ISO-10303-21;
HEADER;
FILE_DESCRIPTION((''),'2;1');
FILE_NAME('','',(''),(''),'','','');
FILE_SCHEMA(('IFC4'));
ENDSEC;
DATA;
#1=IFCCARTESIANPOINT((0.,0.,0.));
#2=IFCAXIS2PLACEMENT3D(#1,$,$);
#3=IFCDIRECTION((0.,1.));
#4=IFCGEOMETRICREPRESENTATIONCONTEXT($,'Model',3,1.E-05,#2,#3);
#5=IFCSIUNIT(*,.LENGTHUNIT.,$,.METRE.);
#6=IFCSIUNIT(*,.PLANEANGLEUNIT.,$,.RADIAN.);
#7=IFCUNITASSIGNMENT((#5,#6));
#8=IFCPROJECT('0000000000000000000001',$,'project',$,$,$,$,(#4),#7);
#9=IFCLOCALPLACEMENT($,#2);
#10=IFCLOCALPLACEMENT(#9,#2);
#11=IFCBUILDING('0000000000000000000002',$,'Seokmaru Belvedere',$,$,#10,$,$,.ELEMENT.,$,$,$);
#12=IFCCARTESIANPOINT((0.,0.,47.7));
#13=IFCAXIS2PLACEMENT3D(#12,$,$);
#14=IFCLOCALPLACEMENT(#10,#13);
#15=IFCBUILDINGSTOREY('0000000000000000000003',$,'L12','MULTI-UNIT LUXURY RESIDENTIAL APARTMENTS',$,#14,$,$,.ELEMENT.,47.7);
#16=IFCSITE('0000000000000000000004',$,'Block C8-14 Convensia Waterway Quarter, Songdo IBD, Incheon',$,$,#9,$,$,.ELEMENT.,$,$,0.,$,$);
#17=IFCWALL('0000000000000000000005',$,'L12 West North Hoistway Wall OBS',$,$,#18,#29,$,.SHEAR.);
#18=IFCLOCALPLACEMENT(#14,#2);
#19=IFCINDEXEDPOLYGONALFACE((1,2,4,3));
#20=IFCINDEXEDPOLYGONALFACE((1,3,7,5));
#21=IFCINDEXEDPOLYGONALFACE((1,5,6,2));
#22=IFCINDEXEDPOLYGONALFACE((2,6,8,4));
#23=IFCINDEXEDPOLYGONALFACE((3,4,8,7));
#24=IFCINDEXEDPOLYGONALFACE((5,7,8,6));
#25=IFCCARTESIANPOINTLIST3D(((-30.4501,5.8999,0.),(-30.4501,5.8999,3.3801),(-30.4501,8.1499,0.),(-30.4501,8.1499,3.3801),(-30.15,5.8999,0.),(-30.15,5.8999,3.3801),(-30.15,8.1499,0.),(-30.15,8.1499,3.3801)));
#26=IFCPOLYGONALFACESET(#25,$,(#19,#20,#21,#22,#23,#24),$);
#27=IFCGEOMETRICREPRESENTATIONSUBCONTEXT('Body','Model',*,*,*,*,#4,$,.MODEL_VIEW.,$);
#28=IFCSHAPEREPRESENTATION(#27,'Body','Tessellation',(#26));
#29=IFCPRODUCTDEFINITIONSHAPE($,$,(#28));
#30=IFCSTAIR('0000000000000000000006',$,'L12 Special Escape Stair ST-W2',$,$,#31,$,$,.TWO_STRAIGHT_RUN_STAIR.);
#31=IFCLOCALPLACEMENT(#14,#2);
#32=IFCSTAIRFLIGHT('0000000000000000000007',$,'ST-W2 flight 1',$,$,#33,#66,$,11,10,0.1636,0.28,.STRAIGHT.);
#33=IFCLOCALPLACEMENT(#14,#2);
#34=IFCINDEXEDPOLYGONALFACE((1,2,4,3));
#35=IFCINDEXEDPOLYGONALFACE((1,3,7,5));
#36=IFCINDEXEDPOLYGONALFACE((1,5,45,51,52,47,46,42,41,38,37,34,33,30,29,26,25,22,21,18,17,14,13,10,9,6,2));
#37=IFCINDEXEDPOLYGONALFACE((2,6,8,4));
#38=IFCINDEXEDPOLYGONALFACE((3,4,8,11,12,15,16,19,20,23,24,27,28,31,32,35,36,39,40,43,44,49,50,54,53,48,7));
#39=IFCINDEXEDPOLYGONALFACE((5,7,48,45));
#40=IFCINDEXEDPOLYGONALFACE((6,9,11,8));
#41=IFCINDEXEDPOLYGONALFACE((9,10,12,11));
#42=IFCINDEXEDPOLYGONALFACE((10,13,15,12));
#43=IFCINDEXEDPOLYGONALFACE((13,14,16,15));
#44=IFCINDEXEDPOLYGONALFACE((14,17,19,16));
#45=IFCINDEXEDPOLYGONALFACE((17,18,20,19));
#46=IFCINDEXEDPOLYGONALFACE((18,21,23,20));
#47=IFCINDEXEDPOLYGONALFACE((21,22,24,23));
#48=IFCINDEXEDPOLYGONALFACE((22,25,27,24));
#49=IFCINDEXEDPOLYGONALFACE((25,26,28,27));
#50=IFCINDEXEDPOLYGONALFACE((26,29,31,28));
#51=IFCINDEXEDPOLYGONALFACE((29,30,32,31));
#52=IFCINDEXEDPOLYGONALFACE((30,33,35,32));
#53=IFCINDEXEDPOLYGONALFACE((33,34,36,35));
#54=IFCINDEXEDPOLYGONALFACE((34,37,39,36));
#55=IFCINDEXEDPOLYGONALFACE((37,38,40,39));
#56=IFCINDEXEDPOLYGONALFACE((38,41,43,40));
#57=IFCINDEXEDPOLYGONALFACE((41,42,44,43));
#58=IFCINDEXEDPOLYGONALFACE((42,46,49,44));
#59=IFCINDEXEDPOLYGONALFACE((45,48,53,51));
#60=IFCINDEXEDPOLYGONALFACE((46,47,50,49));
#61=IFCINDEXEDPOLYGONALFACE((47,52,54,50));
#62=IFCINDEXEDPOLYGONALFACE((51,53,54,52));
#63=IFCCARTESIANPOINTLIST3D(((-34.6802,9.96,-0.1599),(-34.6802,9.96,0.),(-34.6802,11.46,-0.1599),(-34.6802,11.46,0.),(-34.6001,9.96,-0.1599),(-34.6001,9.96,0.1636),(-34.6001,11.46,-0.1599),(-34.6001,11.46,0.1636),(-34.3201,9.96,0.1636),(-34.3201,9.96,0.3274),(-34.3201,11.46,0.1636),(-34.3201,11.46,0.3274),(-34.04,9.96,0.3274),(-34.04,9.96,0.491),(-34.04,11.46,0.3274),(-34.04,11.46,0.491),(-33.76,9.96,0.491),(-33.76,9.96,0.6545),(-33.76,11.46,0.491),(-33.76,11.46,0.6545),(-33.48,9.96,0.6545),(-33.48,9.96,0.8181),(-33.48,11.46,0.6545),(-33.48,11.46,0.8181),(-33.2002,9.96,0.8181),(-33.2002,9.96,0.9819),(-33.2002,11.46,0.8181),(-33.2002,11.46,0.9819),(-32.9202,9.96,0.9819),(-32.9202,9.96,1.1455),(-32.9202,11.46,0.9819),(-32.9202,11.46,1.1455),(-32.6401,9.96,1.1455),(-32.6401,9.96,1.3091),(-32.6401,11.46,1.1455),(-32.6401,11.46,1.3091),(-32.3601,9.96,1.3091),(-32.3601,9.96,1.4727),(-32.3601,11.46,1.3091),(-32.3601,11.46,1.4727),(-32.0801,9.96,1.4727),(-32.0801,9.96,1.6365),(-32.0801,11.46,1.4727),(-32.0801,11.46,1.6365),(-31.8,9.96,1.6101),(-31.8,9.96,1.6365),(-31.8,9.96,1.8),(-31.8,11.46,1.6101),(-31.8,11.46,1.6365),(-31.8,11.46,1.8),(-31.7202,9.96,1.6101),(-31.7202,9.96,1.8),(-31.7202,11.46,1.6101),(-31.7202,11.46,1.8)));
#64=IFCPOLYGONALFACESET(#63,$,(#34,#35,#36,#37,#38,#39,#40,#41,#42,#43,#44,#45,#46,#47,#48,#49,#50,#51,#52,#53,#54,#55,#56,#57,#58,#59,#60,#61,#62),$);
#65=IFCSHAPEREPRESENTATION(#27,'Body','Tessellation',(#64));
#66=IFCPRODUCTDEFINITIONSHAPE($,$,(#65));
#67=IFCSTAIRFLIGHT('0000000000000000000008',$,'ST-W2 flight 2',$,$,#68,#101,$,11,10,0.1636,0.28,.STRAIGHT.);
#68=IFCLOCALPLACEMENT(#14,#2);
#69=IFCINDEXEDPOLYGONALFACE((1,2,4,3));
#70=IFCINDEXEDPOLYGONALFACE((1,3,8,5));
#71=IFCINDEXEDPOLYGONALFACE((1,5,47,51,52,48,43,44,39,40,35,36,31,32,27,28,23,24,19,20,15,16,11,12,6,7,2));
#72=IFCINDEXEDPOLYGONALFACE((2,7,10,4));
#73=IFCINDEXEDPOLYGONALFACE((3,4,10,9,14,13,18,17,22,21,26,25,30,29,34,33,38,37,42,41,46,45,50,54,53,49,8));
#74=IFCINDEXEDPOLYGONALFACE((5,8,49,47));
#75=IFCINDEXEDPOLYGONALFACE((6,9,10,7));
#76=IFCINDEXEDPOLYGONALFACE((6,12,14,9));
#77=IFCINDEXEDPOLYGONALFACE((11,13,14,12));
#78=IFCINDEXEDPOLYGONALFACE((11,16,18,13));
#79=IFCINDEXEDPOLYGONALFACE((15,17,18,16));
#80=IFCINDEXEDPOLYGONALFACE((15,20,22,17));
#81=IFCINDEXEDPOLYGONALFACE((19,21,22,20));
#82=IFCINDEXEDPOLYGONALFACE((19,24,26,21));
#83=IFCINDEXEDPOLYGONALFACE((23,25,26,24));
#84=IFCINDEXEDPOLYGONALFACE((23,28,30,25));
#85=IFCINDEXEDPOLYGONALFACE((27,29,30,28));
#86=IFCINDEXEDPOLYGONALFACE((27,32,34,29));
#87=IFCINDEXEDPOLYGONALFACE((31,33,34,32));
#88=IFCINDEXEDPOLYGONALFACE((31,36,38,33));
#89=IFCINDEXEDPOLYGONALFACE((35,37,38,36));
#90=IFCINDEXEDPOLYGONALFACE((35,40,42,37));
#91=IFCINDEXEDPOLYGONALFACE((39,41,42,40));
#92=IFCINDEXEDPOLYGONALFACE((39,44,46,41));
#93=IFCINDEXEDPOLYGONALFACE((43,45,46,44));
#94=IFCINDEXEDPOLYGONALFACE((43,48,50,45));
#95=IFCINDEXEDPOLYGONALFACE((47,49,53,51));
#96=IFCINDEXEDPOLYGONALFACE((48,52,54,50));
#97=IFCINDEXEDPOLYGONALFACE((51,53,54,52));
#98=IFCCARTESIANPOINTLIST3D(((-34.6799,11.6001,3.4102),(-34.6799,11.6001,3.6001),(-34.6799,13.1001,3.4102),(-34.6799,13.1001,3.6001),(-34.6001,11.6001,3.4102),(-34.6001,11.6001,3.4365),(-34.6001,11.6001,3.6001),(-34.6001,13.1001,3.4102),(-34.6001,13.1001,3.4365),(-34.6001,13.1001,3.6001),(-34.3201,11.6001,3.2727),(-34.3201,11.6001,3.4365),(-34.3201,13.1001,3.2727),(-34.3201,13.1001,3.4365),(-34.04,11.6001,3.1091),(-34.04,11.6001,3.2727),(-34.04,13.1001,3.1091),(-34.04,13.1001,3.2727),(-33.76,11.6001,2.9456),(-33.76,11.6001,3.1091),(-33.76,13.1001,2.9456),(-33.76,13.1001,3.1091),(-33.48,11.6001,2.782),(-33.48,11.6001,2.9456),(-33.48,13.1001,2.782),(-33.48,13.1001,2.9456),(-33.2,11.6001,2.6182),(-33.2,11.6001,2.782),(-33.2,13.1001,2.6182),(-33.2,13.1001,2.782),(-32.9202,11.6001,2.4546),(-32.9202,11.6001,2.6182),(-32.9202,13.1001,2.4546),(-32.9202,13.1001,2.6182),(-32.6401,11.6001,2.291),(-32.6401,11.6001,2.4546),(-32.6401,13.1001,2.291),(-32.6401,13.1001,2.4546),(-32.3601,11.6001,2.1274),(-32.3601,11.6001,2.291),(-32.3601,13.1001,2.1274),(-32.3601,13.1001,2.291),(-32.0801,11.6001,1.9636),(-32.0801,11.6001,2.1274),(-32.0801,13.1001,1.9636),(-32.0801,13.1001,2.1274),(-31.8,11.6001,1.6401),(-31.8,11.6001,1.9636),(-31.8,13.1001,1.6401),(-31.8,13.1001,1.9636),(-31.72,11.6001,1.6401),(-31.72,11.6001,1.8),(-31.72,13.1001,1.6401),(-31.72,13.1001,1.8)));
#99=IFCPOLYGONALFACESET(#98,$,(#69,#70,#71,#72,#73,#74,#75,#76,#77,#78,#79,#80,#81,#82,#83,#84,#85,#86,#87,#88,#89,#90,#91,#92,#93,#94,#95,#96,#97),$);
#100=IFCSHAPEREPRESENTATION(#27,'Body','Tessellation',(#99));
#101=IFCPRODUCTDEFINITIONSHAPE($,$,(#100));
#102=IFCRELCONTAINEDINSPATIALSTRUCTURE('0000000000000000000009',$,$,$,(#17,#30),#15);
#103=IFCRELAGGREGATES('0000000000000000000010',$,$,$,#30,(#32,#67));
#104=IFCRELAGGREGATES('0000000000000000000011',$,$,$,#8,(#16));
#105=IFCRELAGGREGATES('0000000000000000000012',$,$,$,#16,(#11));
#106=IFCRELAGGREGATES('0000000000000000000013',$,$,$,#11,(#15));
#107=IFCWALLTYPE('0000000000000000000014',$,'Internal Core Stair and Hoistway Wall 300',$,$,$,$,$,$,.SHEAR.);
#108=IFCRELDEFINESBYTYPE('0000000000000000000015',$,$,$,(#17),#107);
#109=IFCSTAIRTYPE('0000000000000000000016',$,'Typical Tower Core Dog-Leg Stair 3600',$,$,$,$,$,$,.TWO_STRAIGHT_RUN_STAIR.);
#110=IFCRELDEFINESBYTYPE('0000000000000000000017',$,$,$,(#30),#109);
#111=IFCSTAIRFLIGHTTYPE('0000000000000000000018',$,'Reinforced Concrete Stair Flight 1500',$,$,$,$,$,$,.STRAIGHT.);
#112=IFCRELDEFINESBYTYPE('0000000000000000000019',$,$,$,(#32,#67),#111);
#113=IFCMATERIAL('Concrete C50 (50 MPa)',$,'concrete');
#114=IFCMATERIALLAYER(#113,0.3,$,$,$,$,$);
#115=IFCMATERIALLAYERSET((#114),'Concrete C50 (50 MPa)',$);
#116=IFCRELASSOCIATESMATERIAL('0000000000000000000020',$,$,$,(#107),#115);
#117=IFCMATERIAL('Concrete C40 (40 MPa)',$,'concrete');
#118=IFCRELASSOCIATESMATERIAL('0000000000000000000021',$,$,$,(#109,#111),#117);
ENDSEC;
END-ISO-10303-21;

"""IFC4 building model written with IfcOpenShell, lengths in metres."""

from ifc_helpers import new_model, si_unit, direction, frame, frame_2d, origin, place, context, subcontext, project, spatial, polyline, rectangle, outline, extrude, material, layer, layer_set, type_object, element, aggregate, save


model = new_model("IFC4")

# Units and contexts
model_context = context("Model", 3, precision=1e-05, world=origin(), true_north=direction((0.0, 1.0)))
body_context = subcontext(model_context, "Body", "Model", "MODEL_VIEW")
ifc_project = project(units=[si_unit("LENGTHUNIT", "METRE"), si_unit("PLANEANGLEUNIT", "RADIAN")], contexts=[model_context])

# Site, building, storey
site_placement = place(None, origin())
site = spatial("IfcSite", under=ifc_project, at=site_placement, Name="Block C8-14 Convensia Waterway Quarter, Songdo IBD, Incheon", CompositionType="ELEMENT", RefElevation=0.0)
building_placement = place(site_placement, origin())
building = spatial("IfcBuilding", under=site, at=building_placement, Name="Seokmaru Belvedere", CompositionType="ELEMENT")
storey_placement = place(building_placement, frame((0.0, 0.0, 47.7)))
storey = spatial("IfcBuildingStorey", under=building, at=storey_placement, Name="L12", Description="MULTI-UNIT LUXURY RESIDENTIAL APARTMENTS", CompositionType="ELEMENT", Elevation=47.7)

# Shared definitions
ifc_material_1 = material(Name="Concrete C50 (50 MPa)", Category="concrete")

# Shared definitions
ifc_layer_1 = layer(ifc_material_1, 0.3)
ifc_layer_set_1 = layer_set([ifc_layer_1], Name="Concrete C50 (50 MPa)")
wall_type_1 = type_object("IfcWallType", Name="Internal Core Stair and Hoistway Wall 300", PredefinedType="SHEAR", material=ifc_layer_set_1)

# Wall
wall_1_placement = place(storey_placement, frame((-30.3, 5.8999, 0.0), z_axis=(0.0, 0.0, 1.0), x_axis=(0.0, 1.0, 0.0)))
element("IfcWall", 1, at=wall_1_placement, inside=storey, type_object=wall_type_1, Name="L12 West North Hoistway Wall OBS", PredefinedType="SHEAR", context=body_context, shape_type="SweptSolid", body=[
    extrude(rectangle(XDim=2.25, YDim=0.3, at=frame_2d((1.125, 0.0))), origin(), (0.0, 0.0, 1.0), 3.3801),
])

# Stair, stair flights
ifc_material_2 = material(Name="Concrete C40 (40 MPa)", Category="concrete")
stair_type = type_object("IfcStairType", Name="Typical Tower Core Dog-Leg Stair 3600", PredefinedType="TWO_STRAIGHT_RUN_STAIR", material=ifc_material_2)
stair_placement = place(storey_placement, origin())
stair = element("IfcStair", 2, at=stair_placement, inside=storey, type_object=stair_type, Name="L12 Special Escape Stair ST-W2", PredefinedType="TWO_STRAIGHT_RUN_STAIR")
stair_flight_type = type_object("IfcStairFlightType", Name="Reinforced Concrete Stair Flight 1500", PredefinedType="STRAIGHT", material=ifc_material_2)
stair_flight_1_placement = place(storey_placement, frame((-34.6001, 10.71, 0.0), z_axis=(0.0, 0.0, 1.0), x_axis=(1.0, 0.0, 0.0)))
stair_flight_1 = element("IfcStairFlight", 3, at=stair_flight_1_placement, type_object=stair_flight_type, Name="ST-W2 flight 1", NumberOfRisers=11, NumberOfTreads=10, PredefinedType="STRAIGHT", RiserHeight=0.1636, TreadLength=0.28, context=body_context, shape_type="SweptSolid", body=[
    extrude(outline(polyline([(-0.0801, 0.0), (0.0, 0.1636), (0.28, 0.1636), (0.28, 0.3274), (0.5601, 0.3274), (0.5601, 0.491), (0.8401, 0.491), (0.8401, 0.6545), (1.1201, 0.6545), (1.1201, 0.8181), (1.3999, 0.8181), (1.3999, 0.9819), (1.6799, 0.9819), (1.6799, 1.1455), (1.96, 1.1455), (1.96, 1.3091), (2.24, 1.3091), (2.24, 1.4727), (2.52, 1.4727), (2.52, 1.6365), (2.8, 1.6365), (2.8, 1.8), (2.8799, 1.8), (2.8799, 1.6101), (2.8, 1.6101), (0.0, -0.1599), (-0.0801, -0.1599), (-0.0801, 0.0)])), frame((0.0, 0.75, 0.0), z_axis=(0.0, -1.0, 0.0), x_axis=(1.0, 0.0, 0.0)), (0.0, 0.0, 1.0), 1.5),
])
stair_flight_2_placement = place(storey_placement, frame((-31.8, 12.3501, 1.8), z_axis=(0.0, 0.0, 1.0), x_axis=(-1.0, 0.0, 0.0)))
stair_flight_2 = element("IfcStairFlight", 4, at=stair_flight_2_placement, type_object=stair_flight_type, Name="ST-W2 flight 2", NumberOfRisers=11, NumberOfTreads=10, PredefinedType="STRAIGHT", RiserHeight=0.1636, TreadLength=0.28, context=body_context, shape_type="SweptSolid", body=[
    extrude(outline(polyline([(-0.0801, 0.0), (0.0, 0.1636), (0.28, 0.1636), (0.28, 0.3274), (0.5601, 0.3274), (0.5601, 0.491), (0.8401, 0.491), (0.8401, 0.6545), (1.1201, 0.6545), (1.1201, 0.8181), (1.3999, 0.8181), (1.3999, 0.9819), (1.6799, 0.9819), (1.6799, 1.1455), (1.96, 1.1455), (1.96, 1.3091), (2.24, 1.3091), (2.24, 1.4727), (2.52, 1.4727), (2.52, 1.6365), (2.8, 1.6365), (2.8, 1.8), (2.8799, 1.8), (2.8799, 1.6101), (2.8, 1.6101), (0.0, -0.1599), (-0.0801, -0.1599), (-0.0801, 0.0)])), frame((0.0, 0.75, 0.0), z_axis=(0.0, -1.0, 0.0), x_axis=(1.0, 0.0, 0.0)), (0.0, 0.0, 1.0), 1.5),
])
aggregate(stair, [stair_flight_1, stair_flight_2])

save(model, "model.ifc")
